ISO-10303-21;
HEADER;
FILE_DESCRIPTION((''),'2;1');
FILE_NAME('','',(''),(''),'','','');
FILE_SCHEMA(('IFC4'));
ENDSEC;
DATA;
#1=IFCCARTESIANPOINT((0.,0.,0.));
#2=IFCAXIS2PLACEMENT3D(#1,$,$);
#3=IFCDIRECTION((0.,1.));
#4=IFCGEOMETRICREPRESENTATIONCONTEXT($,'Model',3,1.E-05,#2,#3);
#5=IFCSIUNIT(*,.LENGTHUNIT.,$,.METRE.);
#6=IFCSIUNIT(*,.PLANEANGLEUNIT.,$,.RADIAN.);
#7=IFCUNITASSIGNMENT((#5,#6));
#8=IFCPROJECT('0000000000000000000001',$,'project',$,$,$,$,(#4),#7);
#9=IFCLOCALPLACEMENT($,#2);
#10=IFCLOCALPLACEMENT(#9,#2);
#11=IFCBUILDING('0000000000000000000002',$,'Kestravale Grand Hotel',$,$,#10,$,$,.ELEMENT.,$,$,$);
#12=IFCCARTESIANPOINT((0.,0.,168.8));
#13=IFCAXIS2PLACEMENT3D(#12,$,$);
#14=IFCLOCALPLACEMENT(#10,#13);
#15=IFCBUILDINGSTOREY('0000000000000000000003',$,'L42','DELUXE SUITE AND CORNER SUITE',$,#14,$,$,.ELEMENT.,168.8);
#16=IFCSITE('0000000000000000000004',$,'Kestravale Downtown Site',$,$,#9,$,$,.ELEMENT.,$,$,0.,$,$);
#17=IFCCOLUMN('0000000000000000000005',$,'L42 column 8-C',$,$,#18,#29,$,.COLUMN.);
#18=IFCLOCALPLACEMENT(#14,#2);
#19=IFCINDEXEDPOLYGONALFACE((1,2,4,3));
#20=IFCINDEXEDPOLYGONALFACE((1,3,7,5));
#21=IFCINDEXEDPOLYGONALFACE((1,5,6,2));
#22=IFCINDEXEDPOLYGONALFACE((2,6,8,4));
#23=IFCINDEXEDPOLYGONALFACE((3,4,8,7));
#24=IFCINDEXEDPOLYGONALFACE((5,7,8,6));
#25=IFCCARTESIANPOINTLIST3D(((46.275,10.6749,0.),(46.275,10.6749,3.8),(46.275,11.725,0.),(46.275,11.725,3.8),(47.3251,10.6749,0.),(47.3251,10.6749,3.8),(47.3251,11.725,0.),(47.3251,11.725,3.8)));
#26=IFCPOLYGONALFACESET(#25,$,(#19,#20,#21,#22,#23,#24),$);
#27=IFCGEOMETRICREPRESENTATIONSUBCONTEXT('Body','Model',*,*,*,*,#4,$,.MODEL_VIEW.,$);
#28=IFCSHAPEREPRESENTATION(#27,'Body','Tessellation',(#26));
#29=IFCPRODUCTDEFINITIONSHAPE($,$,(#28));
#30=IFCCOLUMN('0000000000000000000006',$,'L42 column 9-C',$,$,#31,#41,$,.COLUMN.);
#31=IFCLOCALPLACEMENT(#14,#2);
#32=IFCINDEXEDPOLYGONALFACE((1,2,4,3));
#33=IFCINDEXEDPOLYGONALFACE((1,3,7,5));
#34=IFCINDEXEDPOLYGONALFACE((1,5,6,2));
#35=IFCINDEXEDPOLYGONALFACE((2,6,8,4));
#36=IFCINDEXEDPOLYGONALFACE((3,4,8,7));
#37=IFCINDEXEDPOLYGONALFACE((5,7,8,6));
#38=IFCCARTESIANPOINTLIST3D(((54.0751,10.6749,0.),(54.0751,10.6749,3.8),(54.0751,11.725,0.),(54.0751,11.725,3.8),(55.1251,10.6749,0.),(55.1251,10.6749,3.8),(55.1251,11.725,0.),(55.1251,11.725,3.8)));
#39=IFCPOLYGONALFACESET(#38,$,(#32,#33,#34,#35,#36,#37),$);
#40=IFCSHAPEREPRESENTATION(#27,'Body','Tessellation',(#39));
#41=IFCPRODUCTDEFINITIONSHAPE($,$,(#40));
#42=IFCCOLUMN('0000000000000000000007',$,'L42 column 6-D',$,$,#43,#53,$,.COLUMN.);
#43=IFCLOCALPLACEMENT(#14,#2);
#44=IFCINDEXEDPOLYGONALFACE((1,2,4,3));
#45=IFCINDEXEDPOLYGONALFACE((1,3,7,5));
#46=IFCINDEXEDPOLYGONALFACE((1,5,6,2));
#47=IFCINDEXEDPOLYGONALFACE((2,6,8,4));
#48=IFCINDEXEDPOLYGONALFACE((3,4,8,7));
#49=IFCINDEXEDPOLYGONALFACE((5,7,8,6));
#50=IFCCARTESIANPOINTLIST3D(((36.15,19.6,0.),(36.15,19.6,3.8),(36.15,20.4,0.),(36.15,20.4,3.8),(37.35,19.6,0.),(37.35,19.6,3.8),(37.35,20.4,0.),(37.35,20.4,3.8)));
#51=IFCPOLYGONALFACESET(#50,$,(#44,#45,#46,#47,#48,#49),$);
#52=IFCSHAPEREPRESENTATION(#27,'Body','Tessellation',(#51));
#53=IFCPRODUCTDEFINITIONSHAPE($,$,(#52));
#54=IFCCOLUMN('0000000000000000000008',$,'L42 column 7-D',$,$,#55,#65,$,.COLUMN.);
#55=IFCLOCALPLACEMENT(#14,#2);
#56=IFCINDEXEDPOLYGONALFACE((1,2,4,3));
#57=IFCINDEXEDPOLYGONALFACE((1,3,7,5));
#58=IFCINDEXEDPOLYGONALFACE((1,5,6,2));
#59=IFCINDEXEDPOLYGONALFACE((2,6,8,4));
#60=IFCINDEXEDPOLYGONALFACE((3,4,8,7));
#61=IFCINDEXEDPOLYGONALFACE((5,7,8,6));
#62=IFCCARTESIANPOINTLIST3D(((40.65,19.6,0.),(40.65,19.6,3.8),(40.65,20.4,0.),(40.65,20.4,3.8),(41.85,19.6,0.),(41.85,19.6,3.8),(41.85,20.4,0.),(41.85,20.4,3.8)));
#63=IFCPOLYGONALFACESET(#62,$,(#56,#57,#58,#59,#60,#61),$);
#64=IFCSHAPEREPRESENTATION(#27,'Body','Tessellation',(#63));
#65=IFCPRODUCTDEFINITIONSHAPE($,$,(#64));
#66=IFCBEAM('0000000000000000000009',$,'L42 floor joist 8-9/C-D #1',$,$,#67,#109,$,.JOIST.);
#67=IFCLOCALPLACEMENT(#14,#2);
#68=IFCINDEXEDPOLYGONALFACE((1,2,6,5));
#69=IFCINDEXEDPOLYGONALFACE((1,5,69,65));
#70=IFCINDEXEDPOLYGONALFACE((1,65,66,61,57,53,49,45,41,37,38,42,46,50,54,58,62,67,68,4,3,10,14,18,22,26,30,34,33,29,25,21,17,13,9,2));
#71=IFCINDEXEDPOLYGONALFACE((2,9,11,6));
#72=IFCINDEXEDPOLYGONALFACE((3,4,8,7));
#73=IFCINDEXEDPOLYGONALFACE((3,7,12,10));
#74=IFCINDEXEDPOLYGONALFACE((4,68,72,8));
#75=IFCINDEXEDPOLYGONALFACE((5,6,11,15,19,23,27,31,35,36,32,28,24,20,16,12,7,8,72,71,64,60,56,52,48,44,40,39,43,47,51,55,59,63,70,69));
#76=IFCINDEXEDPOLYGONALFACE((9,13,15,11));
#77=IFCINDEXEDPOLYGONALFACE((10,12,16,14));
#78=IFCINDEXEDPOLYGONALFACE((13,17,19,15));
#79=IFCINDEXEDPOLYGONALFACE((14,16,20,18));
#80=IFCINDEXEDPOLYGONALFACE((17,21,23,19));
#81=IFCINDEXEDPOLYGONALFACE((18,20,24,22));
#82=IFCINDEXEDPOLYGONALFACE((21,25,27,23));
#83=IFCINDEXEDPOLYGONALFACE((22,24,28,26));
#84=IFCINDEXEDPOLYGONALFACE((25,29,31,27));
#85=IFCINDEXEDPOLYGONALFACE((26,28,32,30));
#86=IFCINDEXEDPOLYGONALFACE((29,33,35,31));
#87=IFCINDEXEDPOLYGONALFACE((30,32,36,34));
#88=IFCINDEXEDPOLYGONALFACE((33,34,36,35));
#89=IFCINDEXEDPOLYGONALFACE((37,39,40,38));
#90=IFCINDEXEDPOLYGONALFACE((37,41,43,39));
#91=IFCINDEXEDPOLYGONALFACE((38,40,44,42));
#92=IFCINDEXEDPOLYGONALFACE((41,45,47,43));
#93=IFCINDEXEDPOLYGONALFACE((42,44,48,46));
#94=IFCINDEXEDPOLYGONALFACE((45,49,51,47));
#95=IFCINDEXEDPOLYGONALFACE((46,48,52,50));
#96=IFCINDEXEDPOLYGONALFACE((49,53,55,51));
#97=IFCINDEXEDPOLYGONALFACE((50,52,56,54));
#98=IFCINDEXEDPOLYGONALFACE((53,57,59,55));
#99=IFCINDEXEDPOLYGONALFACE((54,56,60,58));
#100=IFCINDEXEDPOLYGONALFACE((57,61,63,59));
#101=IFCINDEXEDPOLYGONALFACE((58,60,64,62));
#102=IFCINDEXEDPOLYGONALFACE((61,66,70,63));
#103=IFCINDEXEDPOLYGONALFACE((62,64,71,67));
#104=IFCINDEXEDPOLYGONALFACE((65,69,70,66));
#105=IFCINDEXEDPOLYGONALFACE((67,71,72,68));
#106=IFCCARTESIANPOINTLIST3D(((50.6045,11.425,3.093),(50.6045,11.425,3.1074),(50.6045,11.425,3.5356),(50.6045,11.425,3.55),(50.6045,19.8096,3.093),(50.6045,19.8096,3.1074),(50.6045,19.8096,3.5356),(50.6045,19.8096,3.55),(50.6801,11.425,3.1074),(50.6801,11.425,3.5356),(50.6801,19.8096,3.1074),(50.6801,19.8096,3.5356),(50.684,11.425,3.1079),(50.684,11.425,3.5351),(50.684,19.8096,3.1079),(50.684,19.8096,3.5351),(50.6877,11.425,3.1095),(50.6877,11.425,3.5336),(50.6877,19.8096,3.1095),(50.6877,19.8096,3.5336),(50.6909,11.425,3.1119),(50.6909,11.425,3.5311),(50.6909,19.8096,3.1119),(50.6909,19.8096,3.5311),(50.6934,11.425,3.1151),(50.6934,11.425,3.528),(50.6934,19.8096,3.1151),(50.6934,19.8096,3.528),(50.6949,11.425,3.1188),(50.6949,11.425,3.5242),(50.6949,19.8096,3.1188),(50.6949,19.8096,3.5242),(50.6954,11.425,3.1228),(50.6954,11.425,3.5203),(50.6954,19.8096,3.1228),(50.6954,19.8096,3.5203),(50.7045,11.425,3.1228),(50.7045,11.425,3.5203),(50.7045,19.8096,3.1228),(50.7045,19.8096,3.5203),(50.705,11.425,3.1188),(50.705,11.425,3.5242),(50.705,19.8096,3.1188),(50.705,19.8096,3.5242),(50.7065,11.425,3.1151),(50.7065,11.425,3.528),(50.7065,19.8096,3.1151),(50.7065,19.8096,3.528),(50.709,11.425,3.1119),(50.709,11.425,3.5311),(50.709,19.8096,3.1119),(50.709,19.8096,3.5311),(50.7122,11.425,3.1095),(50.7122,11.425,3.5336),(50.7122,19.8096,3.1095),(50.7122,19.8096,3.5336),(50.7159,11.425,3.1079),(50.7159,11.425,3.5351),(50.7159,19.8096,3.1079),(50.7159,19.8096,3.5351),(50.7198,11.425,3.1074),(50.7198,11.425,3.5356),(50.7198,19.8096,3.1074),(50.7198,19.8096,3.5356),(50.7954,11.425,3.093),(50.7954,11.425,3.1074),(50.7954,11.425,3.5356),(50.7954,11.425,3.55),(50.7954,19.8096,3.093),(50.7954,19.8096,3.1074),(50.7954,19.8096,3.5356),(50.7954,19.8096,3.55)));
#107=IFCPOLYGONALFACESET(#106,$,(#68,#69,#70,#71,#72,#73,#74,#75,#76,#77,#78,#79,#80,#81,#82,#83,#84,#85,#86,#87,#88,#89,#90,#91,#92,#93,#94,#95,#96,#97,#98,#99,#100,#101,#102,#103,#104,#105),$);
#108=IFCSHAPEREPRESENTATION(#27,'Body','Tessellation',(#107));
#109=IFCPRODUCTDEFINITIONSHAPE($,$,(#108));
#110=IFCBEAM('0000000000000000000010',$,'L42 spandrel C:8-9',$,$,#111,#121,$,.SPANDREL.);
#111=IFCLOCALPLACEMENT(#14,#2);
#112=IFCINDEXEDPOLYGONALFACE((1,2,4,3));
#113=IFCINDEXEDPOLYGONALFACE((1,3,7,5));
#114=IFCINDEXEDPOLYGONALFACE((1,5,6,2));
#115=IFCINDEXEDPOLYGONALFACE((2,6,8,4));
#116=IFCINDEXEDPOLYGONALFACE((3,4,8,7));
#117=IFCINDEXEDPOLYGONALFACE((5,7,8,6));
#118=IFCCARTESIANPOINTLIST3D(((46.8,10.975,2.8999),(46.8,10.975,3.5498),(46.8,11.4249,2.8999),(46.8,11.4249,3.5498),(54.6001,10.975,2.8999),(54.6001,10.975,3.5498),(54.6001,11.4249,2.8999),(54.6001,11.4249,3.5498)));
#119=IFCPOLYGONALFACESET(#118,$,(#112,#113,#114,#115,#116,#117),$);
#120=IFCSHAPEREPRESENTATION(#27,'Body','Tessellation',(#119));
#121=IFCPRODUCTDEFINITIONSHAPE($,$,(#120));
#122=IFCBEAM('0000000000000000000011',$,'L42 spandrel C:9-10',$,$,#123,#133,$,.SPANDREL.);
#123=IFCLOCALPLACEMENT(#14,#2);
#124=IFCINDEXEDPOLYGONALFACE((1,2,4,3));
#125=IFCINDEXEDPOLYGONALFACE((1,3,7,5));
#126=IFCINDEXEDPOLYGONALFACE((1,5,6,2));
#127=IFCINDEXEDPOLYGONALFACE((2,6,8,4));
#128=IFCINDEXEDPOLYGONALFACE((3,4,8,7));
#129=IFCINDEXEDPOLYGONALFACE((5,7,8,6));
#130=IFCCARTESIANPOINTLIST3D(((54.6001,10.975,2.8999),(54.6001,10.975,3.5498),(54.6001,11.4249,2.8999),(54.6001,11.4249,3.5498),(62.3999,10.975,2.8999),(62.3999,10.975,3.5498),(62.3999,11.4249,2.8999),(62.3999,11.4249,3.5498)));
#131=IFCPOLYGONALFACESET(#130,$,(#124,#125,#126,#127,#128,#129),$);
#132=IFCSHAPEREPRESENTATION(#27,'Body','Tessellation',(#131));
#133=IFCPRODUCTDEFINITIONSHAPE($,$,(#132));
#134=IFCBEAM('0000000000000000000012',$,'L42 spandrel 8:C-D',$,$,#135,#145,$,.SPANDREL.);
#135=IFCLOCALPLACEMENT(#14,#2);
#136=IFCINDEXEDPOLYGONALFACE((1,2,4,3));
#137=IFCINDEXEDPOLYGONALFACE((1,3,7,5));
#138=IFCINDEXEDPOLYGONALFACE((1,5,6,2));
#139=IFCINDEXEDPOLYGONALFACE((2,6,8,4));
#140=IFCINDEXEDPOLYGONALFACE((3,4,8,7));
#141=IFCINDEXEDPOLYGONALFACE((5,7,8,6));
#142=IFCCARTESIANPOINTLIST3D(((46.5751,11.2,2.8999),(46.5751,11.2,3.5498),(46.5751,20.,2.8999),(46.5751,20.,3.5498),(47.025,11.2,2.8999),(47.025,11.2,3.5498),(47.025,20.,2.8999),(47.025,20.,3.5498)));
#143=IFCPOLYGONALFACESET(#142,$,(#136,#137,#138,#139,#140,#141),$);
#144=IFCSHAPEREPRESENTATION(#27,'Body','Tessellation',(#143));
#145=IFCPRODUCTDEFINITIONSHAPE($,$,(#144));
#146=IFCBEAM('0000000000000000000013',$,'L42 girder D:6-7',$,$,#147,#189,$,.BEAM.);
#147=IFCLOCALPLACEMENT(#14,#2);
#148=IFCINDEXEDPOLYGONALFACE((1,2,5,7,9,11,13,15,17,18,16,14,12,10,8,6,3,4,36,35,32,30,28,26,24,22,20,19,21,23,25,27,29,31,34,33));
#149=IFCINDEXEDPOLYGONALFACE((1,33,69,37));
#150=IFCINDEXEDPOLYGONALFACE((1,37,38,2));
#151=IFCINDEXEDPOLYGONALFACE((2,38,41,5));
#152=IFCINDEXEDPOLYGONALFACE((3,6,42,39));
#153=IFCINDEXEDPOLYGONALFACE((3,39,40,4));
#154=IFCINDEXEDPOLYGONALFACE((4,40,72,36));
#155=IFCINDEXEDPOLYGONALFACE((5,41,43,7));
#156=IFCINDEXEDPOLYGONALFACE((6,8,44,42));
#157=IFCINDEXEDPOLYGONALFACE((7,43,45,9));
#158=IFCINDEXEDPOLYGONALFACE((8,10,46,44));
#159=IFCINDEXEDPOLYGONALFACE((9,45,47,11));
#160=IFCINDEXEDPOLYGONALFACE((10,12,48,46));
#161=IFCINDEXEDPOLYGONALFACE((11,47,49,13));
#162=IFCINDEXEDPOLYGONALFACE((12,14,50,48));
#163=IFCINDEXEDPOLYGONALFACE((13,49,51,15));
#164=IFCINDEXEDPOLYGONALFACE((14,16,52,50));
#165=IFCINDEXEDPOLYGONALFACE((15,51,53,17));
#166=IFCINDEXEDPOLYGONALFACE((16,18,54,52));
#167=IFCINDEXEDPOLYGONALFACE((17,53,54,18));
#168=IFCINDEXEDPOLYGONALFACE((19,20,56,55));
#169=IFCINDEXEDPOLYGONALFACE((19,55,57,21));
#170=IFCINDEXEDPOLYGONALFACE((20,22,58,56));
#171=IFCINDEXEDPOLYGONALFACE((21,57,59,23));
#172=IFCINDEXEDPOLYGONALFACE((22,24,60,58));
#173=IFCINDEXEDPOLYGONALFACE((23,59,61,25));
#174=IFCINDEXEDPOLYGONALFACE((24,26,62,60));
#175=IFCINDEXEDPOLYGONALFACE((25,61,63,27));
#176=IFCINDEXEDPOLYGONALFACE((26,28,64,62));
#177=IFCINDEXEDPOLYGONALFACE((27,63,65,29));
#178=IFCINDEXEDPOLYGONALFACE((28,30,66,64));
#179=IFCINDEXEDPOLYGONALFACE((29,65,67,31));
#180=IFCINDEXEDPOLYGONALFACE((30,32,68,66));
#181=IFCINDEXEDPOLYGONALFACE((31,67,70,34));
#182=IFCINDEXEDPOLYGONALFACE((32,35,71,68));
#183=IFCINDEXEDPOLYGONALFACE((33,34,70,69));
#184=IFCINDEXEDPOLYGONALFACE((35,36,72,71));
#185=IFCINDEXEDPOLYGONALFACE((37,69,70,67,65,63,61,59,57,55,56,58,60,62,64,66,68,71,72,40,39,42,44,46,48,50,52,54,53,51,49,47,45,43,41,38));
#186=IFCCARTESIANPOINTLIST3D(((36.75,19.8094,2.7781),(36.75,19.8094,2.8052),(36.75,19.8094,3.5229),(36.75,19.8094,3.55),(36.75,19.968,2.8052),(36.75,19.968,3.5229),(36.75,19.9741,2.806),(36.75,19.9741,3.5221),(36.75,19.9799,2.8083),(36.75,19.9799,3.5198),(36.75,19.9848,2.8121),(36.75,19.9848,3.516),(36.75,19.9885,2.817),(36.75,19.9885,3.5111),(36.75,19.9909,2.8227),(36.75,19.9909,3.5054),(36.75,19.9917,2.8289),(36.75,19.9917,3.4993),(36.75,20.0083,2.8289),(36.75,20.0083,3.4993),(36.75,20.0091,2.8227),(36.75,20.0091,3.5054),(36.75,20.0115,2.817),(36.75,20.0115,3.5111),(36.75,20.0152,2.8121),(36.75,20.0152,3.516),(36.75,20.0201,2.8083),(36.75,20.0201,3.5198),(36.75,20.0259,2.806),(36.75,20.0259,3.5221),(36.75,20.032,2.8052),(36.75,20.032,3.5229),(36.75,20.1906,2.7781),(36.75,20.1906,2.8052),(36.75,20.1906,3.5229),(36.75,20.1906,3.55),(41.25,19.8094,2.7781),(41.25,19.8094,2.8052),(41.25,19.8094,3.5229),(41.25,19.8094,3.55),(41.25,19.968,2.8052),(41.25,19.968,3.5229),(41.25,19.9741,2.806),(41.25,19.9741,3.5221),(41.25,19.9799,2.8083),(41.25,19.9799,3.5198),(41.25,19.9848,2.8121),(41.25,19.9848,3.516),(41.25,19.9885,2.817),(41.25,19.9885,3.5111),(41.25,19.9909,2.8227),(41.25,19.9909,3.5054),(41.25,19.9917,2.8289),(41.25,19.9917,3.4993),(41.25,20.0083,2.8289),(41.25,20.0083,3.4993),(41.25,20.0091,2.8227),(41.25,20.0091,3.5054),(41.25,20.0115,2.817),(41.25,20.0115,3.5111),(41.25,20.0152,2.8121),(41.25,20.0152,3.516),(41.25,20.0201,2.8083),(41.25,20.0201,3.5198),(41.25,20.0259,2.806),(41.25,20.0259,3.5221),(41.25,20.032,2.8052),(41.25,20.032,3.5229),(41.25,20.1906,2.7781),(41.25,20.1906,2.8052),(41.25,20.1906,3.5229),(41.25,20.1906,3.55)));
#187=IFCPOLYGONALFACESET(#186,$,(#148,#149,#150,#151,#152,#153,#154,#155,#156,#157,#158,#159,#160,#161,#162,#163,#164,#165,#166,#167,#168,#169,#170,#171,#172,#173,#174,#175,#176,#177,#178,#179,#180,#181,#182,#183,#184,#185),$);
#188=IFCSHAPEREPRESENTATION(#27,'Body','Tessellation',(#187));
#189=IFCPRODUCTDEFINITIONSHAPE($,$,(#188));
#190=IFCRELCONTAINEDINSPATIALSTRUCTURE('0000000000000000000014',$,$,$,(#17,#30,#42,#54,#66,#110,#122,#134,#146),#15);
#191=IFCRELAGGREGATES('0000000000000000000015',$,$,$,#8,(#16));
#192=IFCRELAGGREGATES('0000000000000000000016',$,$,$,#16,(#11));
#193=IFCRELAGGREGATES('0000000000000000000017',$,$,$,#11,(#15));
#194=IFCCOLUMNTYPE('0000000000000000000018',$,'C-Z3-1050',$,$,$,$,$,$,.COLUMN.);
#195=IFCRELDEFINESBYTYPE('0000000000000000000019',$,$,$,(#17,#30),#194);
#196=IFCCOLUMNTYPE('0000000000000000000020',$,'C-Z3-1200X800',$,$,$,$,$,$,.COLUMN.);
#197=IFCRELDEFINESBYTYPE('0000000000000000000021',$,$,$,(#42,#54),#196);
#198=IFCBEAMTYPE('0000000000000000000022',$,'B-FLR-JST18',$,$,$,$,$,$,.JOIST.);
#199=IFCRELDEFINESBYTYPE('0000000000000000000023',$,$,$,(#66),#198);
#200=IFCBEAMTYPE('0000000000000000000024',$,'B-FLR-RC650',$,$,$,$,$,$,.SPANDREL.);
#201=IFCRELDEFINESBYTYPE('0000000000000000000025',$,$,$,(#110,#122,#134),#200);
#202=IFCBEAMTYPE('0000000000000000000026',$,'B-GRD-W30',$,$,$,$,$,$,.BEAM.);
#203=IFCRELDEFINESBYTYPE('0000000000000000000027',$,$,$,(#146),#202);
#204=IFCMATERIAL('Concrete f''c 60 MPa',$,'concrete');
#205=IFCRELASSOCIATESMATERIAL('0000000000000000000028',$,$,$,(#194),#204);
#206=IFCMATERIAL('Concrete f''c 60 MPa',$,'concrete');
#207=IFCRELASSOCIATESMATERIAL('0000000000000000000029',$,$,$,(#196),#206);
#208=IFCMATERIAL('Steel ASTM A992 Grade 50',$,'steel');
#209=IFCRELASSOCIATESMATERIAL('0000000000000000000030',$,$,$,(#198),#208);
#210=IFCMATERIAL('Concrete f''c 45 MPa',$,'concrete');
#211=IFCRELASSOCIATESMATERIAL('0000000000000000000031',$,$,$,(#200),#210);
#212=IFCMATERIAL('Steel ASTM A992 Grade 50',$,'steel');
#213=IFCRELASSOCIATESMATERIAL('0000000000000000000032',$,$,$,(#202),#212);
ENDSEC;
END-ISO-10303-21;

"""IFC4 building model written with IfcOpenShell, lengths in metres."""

from ifc_helpers import new_model, si_unit, direction, frame, origin, origin_2d, place, context, subcontext, project, spatial, rectangle, i_section, extrude, material, material_profile, profile_set, type_object, element, save


model = new_model("IFC4")

# Units and contexts
model_context = context("Model", 3, precision=1e-05, world=origin(), true_north=direction((0.0, 1.0)))
body_context = subcontext(model_context, "Body", "Model", "MODEL_VIEW")
ifc_project = project(units=[si_unit("LENGTHUNIT", "METRE"), si_unit("PLANEANGLEUNIT", "RADIAN")], contexts=[model_context])

# Site, building, storey
site_placement = place(None, origin())
site = spatial("IfcSite", under=ifc_project, at=site_placement, Name="Kestravale Downtown Site", CompositionType="ELEMENT", RefElevation=0.0)
building_placement = place(site_placement, origin())
building = spatial("IfcBuilding", under=site, at=building_placement, Name="Kestravale Grand Hotel", CompositionType="ELEMENT")
storey_placement = place(building_placement, frame((0.0, 0.0, 168.8)))
storey = spatial("IfcBuildingStorey", under=building, at=storey_placement, Name="L42", Description="DELUXE SUITE AND CORNER SUITE", CompositionType="ELEMENT", Elevation=168.8)

# Columns
ifc_material_1 = material(Name="Concrete f'c 60 MPa", Category="concrete")
ifc_material_profile_1 = material_profile(ifc_material_1, rectangle(XDim=1.05, YDim=1.05, at=origin_2d()))
ifc_profile_set_1 = profile_set([ifc_material_profile_1], Name="Concrete f'c 60 MPa")
column_type_1 = type_object("IfcColumnType", Name="C-Z3-1050", PredefinedType="COLUMN", material=ifc_profile_set_1)
for number, where, z_axis, x_axis, name in (
    (1, (46.8, 11.2, 0.0), (0.0, 0.0, 1.0), (1.0, 0.0, 0.0), "L42 column 8-C"),
    (2, (54.6001, 11.2, 0.0), (0.0, 0.0, 1.0), (1.0, 0.0, 0.0), "L42 column 9-C"),
):
    element("IfcColumn", number, at=place(storey_placement, frame(where, z_axis=z_axis, x_axis=x_axis)), inside=storey, type_object=column_type_1, Name=name, PredefinedType="COLUMN", context=body_context, shape_type="SweptSolid", body=[
        extrude(rectangle(XDim=1.05, YDim=1.05, at=origin_2d()), origin(), (0.0, 0.0, 1.0), 3.8),
    ])
ifc_material_2 = material(Name="Concrete f'c 60 MPa", Category="concrete")
ifc_material_profile_2 = material_profile(ifc_material_2, rectangle(XDim=1.2, YDim=0.8, at=origin_2d()))
ifc_profile_set_2 = profile_set([ifc_material_profile_2], Name="Concrete f'c 60 MPa")
column_type_2 = type_object("IfcColumnType", Name="C-Z3-1200X800", PredefinedType="COLUMN", material=ifc_profile_set_2)
for number, where, z_axis, x_axis, name in (
    (3, (36.75, 20.0, 0.0), (0.0, 0.0, 1.0), (1.0, 0.0, 0.0), "L42 column 6-D"),
    (4, (41.25, 20.0, 0.0), (0.0, 0.0, 1.0), (1.0, 0.0, 0.0), "L42 column 7-D"),
):
    element("IfcColumn", number, at=place(storey_placement, frame(where, z_axis=z_axis, x_axis=x_axis)), inside=storey, type_object=column_type_2, Name=name, PredefinedType="COLUMN", context=body_context, shape_type="SweptSolid", body=[
        extrude(rectangle(XDim=1.2, YDim=0.8, at=origin_2d()), origin(), (0.0, 0.0, 1.0), 3.8),
    ])

# Beams
ifc_material_3 = material(Name="Steel ASTM A992 Grade 50", Category="steel")
ifc_material_profile_3 = material_profile(ifc_material_3, i_section(OverallWidth=0.1909, OverallDepth=0.457, WebThickness=0.009, FlangeThickness=0.0144, FilletRadius=0.0154, at=origin_2d()))
ifc_profile_set_3 = profile_set([ifc_material_profile_3], Name="Steel ASTM A992 Grade 50")
beam_type_1 = type_object("IfcBeamType", Name="B-FLR-JST18", PredefinedType="JOIST", material=ifc_profile_set_3)
beam_1_placement = place(storey_placement, frame((50.7, 11.425, 3.3215), z_axis=(0.0, 1.0, 0.0), x_axis=(-1.0, 0.0, 0.0)))
element("IfcBeam", 5, at=beam_1_placement, inside=storey, type_object=beam_type_1, Name="L42 floor joist 8-9/C-D #1", PredefinedType="JOIST", context=body_context, shape_type="SweptSolid", body=[
    extrude(i_section(OverallWidth=0.1909, OverallDepth=0.457, WebThickness=0.009, FlangeThickness=0.0144, FilletRadius=0.0154, at=origin_2d()), origin(), (0.0, 0.0, 1.0), 8.3845),
])
ifc_material_4 = material(Name="Concrete f'c 45 MPa", Category="concrete")
ifc_material_profile_4 = material_profile(ifc_material_4, rectangle(XDim=0.45, YDim=0.6499, at=origin_2d()))
ifc_profile_set_4 = profile_set([ifc_material_profile_4], Name="Concrete f'c 45 MPa")
beam_type_2 = type_object("IfcBeamType", Name="B-FLR-RC650", PredefinedType="SPANDREL", material=ifc_profile_set_4)
beam_2_placement = place(storey_placement, frame((46.8, 11.2, 3.2249), z_axis=(1.0, 0.0, 0.0), x_axis=(0.0, 1.0, 0.0)))
element("IfcBeam", 6, at=beam_2_placement, inside=storey, type_object=beam_type_2, Name="L42 spandrel C:8-9", PredefinedType="SPANDREL", context=body_context, shape_type="SweptSolid", body=[
    extrude(rectangle(XDim=0.45, YDim=0.6499, at=origin_2d()), origin(), (0.0, 0.0, 1.0), 7.8),
])
beam_3_placement = place(storey_placement, frame((54.6001, 11.2, 3.2249), z_axis=(1.0, 0.0, 0.0), x_axis=(0.0, 1.0, 0.0)))
element("IfcBeam", 7, at=beam_3_placement, inside=storey, type_object=beam_type_2, Name="L42 spandrel C:9-10", PredefinedType="SPANDREL", context=body_context, shape_type="SweptSolid", body=[
    extrude(rectangle(XDim=0.45, YDim=0.6499, at=origin_2d()), origin(), (0.0, 0.0, 1.0), 7.7998),
])
beam_4_placement = place(storey_placement, frame((46.8, 11.2, 3.2249), z_axis=(0.0, 1.0, 0.0), x_axis=(-1.0, 0.0, 0.0)))
element("IfcBeam", 8, at=beam_4_placement, inside=storey, type_object=beam_type_2, Name="L42 spandrel 8:C-D", PredefinedType="SPANDREL", context=body_context, shape_type="SweptSolid", body=[
    extrude(rectangle(XDim=0.45, YDim=0.6499, at=origin_2d()), origin(), (0.0, 0.0, 1.0), 8.8),
])
ifc_material_5 = material(Name="Steel ASTM A992 Grade 50", Category="steel")
ifc_material_profile_5 = material_profile(ifc_material_5, i_section(OverallWidth=0.3811, OverallDepth=0.772, WebThickness=0.0166, FlangeThickness=0.0271, FilletRadius=0.0237, at=origin_2d()))
ifc_profile_set_5 = profile_set([ifc_material_profile_5], Name="Steel ASTM A992 Grade 50")
beam_type_3 = type_object("IfcBeamType", Name="B-GRD-W30", PredefinedType="BEAM", material=ifc_profile_set_5)
beam_5_placement = place(storey_placement, frame((36.75, 20.0, 3.1641), z_axis=(1.0, 0.0, 0.0), x_axis=(0.0, 1.0, 0.0)))
element("IfcBeam", 9, at=beam_5_placement, inside=storey, type_object=beam_type_3, Name="L42 girder D:6-7", PredefinedType="BEAM", context=body_context, shape_type="SweptSolid", body=[
    extrude(i_section(OverallWidth=0.3811, OverallDepth=0.772, WebThickness=0.0166, FlangeThickness=0.0271, FilletRadius=0.0237, at=origin_2d()), origin(), (0.0, 0.0, 1.0), 4.5),
])

save(model, "model.ifc")
